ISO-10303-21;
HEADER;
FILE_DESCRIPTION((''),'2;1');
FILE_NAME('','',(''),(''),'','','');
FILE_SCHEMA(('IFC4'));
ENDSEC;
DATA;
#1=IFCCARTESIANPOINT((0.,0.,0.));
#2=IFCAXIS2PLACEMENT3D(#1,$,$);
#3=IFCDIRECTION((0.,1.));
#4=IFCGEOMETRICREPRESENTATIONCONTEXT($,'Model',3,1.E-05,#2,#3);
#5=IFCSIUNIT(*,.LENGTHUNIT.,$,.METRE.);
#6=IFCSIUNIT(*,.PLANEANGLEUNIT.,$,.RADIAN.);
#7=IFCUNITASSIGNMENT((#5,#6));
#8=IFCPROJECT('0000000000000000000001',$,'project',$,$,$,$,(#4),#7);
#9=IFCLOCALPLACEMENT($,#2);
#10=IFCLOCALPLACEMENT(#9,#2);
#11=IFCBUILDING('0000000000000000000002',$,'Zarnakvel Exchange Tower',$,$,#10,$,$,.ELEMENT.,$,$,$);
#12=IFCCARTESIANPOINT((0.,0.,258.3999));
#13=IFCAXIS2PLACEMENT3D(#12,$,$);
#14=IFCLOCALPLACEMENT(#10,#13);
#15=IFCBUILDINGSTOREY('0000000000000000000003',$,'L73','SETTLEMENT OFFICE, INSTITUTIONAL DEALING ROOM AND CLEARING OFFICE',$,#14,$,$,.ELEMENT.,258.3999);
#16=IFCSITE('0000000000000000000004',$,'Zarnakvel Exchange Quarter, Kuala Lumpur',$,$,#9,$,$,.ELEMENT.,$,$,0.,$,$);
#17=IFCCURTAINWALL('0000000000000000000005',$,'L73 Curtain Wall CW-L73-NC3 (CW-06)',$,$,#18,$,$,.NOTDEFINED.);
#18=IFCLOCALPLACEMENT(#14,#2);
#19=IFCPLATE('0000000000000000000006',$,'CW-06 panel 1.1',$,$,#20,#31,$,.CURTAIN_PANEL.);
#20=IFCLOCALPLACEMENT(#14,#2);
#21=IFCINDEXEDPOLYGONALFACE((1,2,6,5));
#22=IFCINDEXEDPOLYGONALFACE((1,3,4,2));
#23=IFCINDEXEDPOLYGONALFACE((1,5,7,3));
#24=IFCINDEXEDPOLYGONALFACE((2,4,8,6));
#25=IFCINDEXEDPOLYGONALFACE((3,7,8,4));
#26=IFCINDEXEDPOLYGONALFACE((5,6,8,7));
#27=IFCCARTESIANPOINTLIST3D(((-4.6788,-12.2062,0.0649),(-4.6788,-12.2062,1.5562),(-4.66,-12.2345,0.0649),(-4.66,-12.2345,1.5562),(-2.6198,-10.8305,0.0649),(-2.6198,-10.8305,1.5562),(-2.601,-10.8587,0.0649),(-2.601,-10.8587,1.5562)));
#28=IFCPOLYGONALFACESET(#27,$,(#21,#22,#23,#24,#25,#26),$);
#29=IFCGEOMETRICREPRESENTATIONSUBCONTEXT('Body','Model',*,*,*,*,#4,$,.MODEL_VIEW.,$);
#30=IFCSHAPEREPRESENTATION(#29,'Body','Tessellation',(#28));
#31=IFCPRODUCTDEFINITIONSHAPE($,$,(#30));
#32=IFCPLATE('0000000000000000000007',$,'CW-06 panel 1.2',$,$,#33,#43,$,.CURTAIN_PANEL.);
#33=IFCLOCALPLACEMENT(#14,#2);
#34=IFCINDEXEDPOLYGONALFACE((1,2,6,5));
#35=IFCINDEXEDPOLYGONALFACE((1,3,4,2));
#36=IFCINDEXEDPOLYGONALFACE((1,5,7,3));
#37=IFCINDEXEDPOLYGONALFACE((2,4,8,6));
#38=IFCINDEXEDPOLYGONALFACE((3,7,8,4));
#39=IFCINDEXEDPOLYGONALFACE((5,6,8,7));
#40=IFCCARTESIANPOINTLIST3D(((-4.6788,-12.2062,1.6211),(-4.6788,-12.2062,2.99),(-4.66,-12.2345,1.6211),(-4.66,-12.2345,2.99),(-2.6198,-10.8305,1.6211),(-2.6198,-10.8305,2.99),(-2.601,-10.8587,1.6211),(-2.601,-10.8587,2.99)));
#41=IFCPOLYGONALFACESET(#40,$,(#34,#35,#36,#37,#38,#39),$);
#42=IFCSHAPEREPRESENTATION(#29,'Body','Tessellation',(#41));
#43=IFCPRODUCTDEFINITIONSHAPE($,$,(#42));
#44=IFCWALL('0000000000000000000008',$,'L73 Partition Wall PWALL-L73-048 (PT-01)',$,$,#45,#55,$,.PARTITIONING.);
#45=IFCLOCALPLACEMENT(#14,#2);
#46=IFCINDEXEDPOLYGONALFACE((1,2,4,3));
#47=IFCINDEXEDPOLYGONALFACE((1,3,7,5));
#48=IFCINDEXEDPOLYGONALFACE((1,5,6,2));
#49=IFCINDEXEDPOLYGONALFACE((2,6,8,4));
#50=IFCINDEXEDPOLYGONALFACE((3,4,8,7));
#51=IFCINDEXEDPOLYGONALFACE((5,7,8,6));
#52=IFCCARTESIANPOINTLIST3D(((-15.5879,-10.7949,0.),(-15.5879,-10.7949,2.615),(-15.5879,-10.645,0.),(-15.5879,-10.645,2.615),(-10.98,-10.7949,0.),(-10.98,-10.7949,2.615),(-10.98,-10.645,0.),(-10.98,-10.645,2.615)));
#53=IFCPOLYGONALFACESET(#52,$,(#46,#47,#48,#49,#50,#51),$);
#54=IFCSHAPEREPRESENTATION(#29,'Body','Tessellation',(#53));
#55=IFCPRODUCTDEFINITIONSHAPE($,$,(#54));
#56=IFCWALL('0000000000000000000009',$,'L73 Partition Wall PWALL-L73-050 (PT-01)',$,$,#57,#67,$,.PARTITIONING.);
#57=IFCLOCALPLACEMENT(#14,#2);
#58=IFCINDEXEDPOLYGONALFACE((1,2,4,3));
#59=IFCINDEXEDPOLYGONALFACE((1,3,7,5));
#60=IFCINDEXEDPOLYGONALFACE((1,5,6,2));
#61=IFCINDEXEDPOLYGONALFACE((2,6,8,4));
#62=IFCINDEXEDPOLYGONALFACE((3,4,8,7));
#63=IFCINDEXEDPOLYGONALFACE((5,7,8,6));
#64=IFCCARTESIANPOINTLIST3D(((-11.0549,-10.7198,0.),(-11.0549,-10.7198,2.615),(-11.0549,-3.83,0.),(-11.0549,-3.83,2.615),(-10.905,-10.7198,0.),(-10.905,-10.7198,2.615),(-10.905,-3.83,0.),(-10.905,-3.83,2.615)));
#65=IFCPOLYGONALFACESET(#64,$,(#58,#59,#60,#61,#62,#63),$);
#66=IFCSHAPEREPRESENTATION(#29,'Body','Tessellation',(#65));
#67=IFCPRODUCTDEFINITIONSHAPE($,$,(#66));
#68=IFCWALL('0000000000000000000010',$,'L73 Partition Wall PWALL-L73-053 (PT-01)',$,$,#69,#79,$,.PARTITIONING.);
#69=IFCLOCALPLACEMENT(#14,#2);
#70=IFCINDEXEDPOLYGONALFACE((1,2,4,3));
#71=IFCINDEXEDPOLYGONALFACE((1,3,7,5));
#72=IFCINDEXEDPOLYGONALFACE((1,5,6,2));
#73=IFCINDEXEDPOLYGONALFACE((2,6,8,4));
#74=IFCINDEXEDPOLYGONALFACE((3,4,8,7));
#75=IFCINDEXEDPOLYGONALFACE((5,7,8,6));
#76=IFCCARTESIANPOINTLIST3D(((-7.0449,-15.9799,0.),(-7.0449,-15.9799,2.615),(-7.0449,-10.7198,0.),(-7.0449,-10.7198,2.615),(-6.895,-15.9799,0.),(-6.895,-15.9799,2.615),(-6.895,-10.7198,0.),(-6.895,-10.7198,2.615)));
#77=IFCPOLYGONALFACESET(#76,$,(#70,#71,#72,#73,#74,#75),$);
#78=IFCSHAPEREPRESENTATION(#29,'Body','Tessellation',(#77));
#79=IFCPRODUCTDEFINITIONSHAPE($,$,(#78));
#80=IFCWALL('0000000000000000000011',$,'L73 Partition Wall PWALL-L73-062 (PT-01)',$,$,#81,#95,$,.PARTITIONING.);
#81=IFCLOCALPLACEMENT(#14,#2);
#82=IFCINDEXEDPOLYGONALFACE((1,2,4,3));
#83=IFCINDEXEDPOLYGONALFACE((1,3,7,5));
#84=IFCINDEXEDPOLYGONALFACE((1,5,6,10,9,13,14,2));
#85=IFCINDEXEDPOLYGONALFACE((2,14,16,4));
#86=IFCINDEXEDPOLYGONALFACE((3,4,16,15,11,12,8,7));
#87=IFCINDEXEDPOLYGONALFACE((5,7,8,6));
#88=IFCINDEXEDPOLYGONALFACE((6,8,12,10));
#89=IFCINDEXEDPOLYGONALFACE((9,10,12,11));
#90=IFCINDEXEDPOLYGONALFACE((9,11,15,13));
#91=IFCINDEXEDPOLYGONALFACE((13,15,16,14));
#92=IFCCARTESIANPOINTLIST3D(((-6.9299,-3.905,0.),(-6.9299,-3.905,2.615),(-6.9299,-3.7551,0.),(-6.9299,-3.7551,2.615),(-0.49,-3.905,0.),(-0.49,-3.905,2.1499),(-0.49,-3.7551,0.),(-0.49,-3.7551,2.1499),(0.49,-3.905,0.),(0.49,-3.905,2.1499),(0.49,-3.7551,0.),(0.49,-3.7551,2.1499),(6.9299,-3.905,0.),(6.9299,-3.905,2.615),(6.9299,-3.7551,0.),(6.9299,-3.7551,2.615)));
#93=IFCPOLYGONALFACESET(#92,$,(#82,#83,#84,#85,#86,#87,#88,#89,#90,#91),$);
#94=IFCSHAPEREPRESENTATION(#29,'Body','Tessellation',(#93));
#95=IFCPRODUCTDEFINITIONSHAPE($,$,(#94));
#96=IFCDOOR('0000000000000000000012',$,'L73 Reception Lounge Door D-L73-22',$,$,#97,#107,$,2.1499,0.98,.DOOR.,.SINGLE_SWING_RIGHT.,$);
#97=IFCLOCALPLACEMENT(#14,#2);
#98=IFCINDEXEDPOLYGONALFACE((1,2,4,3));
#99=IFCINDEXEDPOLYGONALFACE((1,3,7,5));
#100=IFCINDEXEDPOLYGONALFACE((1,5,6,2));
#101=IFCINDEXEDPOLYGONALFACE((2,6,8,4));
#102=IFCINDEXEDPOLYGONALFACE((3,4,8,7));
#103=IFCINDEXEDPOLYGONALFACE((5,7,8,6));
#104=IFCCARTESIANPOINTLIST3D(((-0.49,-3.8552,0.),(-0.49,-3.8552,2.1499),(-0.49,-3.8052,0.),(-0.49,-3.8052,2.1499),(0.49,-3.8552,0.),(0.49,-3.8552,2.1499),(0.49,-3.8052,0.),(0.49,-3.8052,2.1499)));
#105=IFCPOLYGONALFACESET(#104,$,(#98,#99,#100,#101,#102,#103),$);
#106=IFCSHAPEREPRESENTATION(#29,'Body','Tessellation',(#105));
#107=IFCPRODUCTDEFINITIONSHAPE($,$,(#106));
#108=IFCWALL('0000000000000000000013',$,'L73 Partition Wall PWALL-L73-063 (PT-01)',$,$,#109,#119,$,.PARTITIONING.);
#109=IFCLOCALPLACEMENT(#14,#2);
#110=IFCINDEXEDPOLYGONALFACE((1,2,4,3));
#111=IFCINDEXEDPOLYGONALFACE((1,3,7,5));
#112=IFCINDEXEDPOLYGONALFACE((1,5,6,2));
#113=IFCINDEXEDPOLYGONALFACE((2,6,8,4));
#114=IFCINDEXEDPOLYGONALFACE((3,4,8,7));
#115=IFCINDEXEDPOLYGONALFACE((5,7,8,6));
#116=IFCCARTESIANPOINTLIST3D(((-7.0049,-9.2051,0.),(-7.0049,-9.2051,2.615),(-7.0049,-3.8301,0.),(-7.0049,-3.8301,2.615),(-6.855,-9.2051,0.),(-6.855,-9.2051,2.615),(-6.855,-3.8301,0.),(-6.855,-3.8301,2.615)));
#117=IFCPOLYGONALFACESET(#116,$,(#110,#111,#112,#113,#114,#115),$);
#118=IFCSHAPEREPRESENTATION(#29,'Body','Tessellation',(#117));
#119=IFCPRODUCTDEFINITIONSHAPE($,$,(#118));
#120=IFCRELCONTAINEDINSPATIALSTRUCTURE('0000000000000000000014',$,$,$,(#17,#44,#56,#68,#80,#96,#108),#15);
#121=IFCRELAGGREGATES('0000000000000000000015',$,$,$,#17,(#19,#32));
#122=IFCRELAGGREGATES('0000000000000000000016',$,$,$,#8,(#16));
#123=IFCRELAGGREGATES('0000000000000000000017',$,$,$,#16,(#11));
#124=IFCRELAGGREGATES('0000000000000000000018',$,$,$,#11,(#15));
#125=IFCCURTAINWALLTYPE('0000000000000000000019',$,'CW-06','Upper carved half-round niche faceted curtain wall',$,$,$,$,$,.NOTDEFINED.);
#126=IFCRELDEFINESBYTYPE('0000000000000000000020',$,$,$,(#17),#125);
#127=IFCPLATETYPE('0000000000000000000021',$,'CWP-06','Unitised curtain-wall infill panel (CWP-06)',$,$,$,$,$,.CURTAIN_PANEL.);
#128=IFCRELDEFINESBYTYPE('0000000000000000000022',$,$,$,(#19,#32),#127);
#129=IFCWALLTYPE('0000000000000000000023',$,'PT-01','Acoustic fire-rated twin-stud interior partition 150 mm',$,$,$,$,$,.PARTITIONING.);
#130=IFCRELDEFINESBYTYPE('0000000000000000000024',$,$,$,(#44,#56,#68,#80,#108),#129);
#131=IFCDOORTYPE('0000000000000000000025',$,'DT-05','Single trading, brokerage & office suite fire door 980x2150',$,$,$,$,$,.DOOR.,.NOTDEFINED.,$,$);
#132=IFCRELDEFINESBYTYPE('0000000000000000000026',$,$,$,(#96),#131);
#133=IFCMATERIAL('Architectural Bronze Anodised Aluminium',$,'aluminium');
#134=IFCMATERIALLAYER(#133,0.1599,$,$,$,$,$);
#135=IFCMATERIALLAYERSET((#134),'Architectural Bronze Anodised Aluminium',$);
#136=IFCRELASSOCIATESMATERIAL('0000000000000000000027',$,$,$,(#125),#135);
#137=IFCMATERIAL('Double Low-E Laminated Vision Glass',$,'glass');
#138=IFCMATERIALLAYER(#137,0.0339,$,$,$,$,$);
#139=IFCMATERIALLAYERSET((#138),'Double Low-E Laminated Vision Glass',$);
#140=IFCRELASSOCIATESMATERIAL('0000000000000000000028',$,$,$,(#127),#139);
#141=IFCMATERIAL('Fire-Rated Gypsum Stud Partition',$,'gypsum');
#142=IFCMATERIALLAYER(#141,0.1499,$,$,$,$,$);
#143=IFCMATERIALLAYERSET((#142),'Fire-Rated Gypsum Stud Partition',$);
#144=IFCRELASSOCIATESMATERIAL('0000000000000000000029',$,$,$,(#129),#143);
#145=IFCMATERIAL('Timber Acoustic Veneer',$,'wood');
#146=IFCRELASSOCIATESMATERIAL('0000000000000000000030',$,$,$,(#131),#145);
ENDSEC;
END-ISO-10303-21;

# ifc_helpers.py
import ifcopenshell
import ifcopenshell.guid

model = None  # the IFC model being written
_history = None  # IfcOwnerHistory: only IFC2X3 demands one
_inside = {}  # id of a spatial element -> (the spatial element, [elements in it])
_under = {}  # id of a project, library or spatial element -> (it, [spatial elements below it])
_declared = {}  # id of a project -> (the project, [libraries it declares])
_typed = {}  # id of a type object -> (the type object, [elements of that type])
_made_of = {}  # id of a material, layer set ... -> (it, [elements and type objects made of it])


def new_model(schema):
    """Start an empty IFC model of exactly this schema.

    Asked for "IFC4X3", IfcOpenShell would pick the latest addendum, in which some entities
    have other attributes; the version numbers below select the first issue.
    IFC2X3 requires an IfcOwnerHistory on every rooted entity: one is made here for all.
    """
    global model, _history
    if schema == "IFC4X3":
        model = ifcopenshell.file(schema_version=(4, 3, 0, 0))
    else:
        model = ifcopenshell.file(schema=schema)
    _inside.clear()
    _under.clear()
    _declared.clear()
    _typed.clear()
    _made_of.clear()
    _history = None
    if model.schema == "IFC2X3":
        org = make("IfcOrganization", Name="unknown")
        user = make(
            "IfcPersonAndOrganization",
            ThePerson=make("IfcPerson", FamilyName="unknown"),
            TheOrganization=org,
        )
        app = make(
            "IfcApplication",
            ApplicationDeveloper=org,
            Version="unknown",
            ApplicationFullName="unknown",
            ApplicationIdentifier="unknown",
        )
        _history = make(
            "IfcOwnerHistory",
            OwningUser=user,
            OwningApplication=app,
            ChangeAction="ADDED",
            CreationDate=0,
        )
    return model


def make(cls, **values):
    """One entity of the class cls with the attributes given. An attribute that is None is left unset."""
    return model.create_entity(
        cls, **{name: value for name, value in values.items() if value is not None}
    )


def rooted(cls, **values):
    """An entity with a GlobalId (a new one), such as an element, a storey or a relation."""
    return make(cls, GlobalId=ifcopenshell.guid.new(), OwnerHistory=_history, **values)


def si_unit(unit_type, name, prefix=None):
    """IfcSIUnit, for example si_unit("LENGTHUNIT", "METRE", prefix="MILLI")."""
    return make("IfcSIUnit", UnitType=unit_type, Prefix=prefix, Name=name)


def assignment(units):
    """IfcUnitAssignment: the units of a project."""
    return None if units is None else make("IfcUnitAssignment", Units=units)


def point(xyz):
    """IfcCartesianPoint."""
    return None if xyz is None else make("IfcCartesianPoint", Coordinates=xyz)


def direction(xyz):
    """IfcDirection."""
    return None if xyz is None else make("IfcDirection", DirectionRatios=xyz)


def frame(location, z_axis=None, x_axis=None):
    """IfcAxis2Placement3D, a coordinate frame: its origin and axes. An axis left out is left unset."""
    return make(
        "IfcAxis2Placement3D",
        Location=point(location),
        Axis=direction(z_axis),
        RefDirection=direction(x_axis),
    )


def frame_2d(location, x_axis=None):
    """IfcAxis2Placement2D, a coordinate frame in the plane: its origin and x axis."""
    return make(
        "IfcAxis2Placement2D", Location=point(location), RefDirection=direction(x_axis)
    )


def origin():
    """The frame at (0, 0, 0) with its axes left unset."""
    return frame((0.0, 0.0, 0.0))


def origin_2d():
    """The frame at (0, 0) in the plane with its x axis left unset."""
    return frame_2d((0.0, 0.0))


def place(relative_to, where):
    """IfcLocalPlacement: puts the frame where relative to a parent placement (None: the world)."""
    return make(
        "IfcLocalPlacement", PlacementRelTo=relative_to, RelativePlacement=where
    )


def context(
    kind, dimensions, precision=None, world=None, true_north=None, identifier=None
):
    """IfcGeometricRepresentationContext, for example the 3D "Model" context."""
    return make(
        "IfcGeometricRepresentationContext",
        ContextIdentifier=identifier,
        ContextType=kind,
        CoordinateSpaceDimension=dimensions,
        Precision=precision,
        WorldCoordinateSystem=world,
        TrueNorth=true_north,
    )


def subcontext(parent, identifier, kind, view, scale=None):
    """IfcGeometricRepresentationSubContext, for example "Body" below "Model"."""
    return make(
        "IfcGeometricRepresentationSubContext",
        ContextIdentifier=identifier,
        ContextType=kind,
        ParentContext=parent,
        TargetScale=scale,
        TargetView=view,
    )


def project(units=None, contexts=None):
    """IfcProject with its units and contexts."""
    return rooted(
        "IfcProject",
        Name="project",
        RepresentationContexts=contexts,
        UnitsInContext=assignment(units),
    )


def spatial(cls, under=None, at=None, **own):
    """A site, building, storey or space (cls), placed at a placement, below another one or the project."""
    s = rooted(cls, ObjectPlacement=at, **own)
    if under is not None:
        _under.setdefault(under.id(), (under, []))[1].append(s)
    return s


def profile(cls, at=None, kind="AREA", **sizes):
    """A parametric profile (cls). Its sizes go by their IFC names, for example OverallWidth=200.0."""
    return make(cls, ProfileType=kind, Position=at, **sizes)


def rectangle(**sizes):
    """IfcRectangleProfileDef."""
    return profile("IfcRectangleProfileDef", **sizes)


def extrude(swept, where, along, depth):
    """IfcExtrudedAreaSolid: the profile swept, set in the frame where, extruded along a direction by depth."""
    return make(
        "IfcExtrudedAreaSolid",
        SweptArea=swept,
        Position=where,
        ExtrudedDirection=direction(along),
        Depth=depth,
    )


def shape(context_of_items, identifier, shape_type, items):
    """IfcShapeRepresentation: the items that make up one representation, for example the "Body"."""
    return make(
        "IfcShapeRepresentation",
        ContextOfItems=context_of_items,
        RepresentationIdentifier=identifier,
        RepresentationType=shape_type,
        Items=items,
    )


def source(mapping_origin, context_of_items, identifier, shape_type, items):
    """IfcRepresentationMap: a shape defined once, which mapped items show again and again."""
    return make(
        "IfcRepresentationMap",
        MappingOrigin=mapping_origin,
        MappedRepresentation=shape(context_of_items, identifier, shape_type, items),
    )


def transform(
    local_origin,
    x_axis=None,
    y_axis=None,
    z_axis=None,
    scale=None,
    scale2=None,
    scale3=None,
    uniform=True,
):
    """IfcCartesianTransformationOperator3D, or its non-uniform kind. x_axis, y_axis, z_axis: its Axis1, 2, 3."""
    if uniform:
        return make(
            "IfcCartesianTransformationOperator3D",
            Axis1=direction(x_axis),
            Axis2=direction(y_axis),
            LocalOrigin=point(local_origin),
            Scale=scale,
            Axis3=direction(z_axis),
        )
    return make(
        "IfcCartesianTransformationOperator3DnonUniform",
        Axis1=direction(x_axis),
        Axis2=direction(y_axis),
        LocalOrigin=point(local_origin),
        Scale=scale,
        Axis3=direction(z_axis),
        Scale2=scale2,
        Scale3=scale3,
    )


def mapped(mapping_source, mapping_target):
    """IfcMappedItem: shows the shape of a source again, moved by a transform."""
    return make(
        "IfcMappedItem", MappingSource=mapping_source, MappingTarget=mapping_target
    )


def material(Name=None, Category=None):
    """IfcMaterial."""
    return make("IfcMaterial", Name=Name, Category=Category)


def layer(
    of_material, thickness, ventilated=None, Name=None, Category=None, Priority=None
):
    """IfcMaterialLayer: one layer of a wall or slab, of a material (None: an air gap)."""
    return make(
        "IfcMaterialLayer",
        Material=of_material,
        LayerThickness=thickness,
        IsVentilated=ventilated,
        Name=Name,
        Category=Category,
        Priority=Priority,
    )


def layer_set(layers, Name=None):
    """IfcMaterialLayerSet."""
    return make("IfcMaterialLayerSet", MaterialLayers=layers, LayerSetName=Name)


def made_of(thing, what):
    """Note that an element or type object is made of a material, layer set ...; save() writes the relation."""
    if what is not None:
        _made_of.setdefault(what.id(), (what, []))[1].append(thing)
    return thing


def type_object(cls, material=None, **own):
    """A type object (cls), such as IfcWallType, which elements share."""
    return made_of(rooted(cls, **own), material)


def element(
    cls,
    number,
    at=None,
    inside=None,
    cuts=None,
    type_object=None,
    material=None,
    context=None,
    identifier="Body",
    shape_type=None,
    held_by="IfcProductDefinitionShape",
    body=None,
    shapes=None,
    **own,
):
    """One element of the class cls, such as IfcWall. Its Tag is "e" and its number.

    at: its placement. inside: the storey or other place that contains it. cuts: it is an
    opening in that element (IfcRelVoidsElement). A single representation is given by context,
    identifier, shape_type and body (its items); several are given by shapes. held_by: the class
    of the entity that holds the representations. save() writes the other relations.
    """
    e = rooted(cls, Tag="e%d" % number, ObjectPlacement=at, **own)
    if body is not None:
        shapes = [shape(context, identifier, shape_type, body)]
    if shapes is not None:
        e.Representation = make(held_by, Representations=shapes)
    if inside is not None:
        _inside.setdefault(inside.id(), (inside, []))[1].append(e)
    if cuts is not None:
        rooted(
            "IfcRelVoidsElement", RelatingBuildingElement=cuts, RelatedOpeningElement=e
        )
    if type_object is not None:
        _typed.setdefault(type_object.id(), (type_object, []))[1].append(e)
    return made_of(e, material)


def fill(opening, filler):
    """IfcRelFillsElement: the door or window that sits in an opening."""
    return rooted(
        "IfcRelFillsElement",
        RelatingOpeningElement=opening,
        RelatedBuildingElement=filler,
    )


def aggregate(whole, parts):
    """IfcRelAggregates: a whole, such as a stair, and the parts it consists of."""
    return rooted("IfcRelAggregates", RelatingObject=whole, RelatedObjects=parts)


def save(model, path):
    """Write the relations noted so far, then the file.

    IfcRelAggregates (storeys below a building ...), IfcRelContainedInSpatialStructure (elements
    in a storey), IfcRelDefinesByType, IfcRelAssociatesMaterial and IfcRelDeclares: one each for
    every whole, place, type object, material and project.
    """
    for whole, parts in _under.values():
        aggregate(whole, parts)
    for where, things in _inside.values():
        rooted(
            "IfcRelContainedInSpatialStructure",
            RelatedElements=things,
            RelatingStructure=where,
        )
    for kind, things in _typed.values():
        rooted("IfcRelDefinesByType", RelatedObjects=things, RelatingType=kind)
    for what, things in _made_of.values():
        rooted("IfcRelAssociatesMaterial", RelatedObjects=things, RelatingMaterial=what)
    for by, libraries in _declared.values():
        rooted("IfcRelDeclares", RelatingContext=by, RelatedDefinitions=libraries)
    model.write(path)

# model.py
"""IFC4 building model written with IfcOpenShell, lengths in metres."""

from ifc_helpers import new_model, si_unit, direction, frame, frame_2d, origin, origin_2d, place, context, subcontext, project, spatial, rectangle, extrude, source, transform, mapped, material, layer, layer_set, type_object, element, fill, aggregate, save


model = new_model("IFC4")

# Units and contexts
model_context = context("Model", 3, precision=1e-05, world=origin(), true_north=direction((0.0, 1.0)))
body_context = subcontext(model_context, "Body", "Model", "MODEL_VIEW")
ifc_project = project(units=[si_unit("LENGTHUNIT", "METRE"), si_unit("PLANEANGLEUNIT", "RADIAN")], contexts=[model_context])

# Site, building, storey
site_placement = place(None, origin())
site = spatial("IfcSite", under=ifc_project, at=site_placement, Name="Zarnakvel Exchange Quarter, Kuala Lumpur", CompositionType="ELEMENT", RefElevation=0.0)
building_placement = place(site_placement, origin())
building = spatial("IfcBuilding", under=site, at=building_placement, Name="Zarnakvel Exchange Tower", CompositionType="ELEMENT")
storey_placement = place(building_placement, frame((0.0, 0.0, 258.3999)))
storey = spatial("IfcBuildingStorey", under=building, at=storey_placement, Name="L73", Description="SETTLEMENT OFFICE, INSTITUTIONAL DEALING ROOM AND CLEARING OFFICE", CompositionType="ELEMENT", Elevation=258.3999)

# Shared definitions
ifc_material_1 = material(Name="Architectural Bronze Anodised Aluminium", Category="aluminium")
ifc_layer_1 = layer(ifc_material_1, 0.1599)
ifc_layer_set_1 = layer_set([ifc_layer_1], Name="Architectural Bronze Anodised Aluminium")
curtain_wall_type = type_object("IfcCurtainWallType", Name="CW-06", Description="Upper carved half-round niche faceted curtain wall", PredefinedType="NOTDEFINED", material=ifc_layer_set_1)

# Curtain wall
curtain_wall_1_placement = place(storey_placement, origin())
curtain_wall_1 = element("IfcCurtainWall", 1, at=curtain_wall_1_placement, inside=storey, type_object=curtain_wall_type, Name="L73 Curtain Wall CW-L73-NC3 (CW-06)", PredefinedType="NOTDEFINED")

# Plates
ifc_material_2 = material(Name="Double Low-E Laminated Vision Glass", Category="glass")
ifc_layer_2 = layer(ifc_material_2, 0.0339)
ifc_layer_set_2 = layer_set([ifc_layer_2], Name="Double Low-E Laminated Vision Glass")
plate_type = type_object("IfcPlateType", Name="CWP-06", Description="Unitised curtain-wall infill panel (CWP-06)", PredefinedType="CURTAIN_PANEL", material=ifc_layer_set_2)
shared_shape_1 = source(origin(), body_context, "Body", "SweptSolid", [
    extrude(rectangle(XDim=2.4763, YDim=0.0339, at=origin_2d()), origin(), (0.0, 0.0, 1.0), 1.4912),
])
plate_1_placement = place(storey_placement, frame((-3.6399, -11.5325, 0.0649), z_axis=(0.0, 0.0, 1.0), x_axis=(0.83147, 0.55557, 0.0)))
plate_1 = element("IfcPlate", 2, at=plate_1_placement, type_object=plate_type, Name="CW-06 panel 1.1", PredefinedType="CURTAIN_PANEL", context=body_context, shape_type="MappedRepresentation", body=[
    mapped(shared_shape_1, transform((0.0, 0.0, 0.0), x_axis=(1.0, 0.0, 0.0), y_axis=(0.0, 1.0, 0.0), z_axis=(0.0, 0.0, 1.0), scale=1.0)),
])
shared_shape_2 = source(origin(), body_context, "Body", "SweptSolid", [
    extrude(rectangle(XDim=2.4763, YDim=0.0339, at=origin_2d()), origin(), (0.0, 0.0, 1.0), 1.3689),
])
plate_2_placement = place(storey_placement, frame((-3.6399, -11.5325, 1.6211), z_axis=(0.0, 0.0, 1.0), x_axis=(0.83147, 0.55557, 0.0)))
plate_2 = element("IfcPlate", 3, at=plate_2_placement, type_object=plate_type, Name="CW-06 panel 1.2", PredefinedType="CURTAIN_PANEL", context=body_context, shape_type="MappedRepresentation", body=[
    mapped(shared_shape_2, transform((0.0, 0.0, 0.0), x_axis=(1.0, 0.0, 0.0), y_axis=(0.0, 1.0, 0.0), z_axis=(0.0, 0.0, 1.0), scale=1.0)),
])
aggregate(curtain_wall_1, [plate_1, plate_2])

# Walls
ifc_material_3 = material(Name="Fire-Rated Gypsum Stud Partition", Category="gypsum")
ifc_layer_3 = layer(ifc_material_3, 0.1499)
ifc_layer_set_3 = layer_set([ifc_layer_3], Name="Fire-Rated Gypsum Stud Partition")
wall_type_1 = type_object("IfcWallType", Name="PT-01", Description="Acoustic fire-rated twin-stud interior partition 150 mm", PredefinedType="PARTITIONING", material=ifc_layer_set_3)
wall_1_placement = place(storey_placement, frame((-10.98, -10.72, 0.0), z_axis=(0.0, 0.0, 1.0), x_axis=(-1.0, 0.0, 0.0)))
element("IfcWall", 4, at=wall_1_placement, inside=storey, type_object=wall_type_1, Name="L73 Partition Wall PWALL-L73-048 (PT-01)", PredefinedType="PARTITIONING", context=body_context, shape_type="SweptSolid", body=[
    extrude(rectangle(XDim=4.6079, YDim=0.1499, at=frame_2d((2.304, 0.0))), origin(), (0.0, 0.0, 1.0), 2.615),
])
wall_2_placement = place(storey_placement, frame((-10.98, -3.8301, 0.0), z_axis=(0.0, 0.0, 1.0), x_axis=(0.0, -1.0, 0.0)))
element("IfcWall", 5, at=wall_2_placement, inside=storey, type_object=wall_type_1, Name="L73 Partition Wall PWALL-L73-050 (PT-01)", PredefinedType="PARTITIONING", context=body_context, shape_type="SweptSolid", body=[
    extrude(rectangle(XDim=6.8899, YDim=0.1499, at=frame_2d((3.4448, 0.0))), origin(), (0.0, 0.0, 1.0), 2.615),
])
wall_3_placement = place(storey_placement, frame((-6.97, -10.72, 0.0), z_axis=(0.0, 0.0, 1.0), x_axis=(0.0, -1.0, 0.0)))
element("IfcWall", 6, at=wall_3_placement, inside=storey, type_object=wall_type_1, Name="L73 Partition Wall PWALL-L73-053 (PT-01)", PredefinedType="PARTITIONING", context=body_context, shape_type="SweptSolid", body=[
    extrude(rectangle(XDim=5.26, YDim=0.1499, at=frame_2d((2.6299, 0.0))), origin(), (0.0, 0.0, 1.0), 2.615),
])

# Wall, opening, door
wall_4_placement = place(storey_placement, frame((-6.9299, -3.8301, 0.0), z_axis=(0.0, 0.0, 1.0), x_axis=(1.0, 0.0, 0.0)))
wall_4 = element("IfcWall", 7, at=wall_4_placement, inside=storey, type_object=wall_type_1, Name="L73 Partition Wall PWALL-L73-062 (PT-01)", PredefinedType="PARTITIONING", context=body_context, shape_type="SweptSolid", body=[
    extrude(rectangle(XDim=13.8599, YDim=0.1499, at=frame_2d((6.9299, 0.0))), origin(), (0.0, 0.0, 1.0), 2.615),
])
opening_1_placement = place(wall_4_placement, frame((6.4399, 0.0, 0.0)))
opening_1 = element("IfcOpeningElement", 8, at=opening_1_placement, cuts=wall_4, PredefinedType="OPENING", context=body_context, shape_type="SweptSolid", body=[
    extrude(rectangle(XDim=0.98, YDim=2.1499, at=frame_2d((0.49, 1.075))), frame((0.0, 0.085, 0.0), z_axis=(0.0, -1.0, 0.0), x_axis=(1.0, 0.0, 0.0)), (0.0, 0.0, 1.0), 0.1699),
])
ifc_material_4 = material(Name="Timber Acoustic Veneer", Category="wood")
door_type_1 = type_object("IfcDoorType", Name="DT-05", Description="Single trading, brokerage & office suite fire door 980x2150", OperationType="NOTDEFINED", PredefinedType="DOOR", material=ifc_material_4)
shared_shape_3 = source(origin(), body_context, "Body", "SweptSolid", [
    extrude(rectangle(XDim=0.98, YDim=2.1499, at=frame_2d((0.49, 1.075))), frame((0.0, 0.0249, 0.0), z_axis=(0.0, -1.0, 0.0), x_axis=(1.0, 0.0, 0.0)), (0.0, 0.0, 1.0), 0.05),
])
door_1_placement = place(opening_1_placement, origin())
door_1 = element("IfcDoor", 9, at=door_1_placement, inside=storey, type_object=door_type_1, Name="L73 Reception Lounge Door D-L73-22", OperationType="SINGLE_SWING_RIGHT", OverallHeight=2.1499, OverallWidth=0.98, PredefinedType="DOOR", context=body_context, shape_type="MappedRepresentation", body=[
    mapped(shared_shape_3, transform((0.0, 0.0, 0.0), x_axis=(1.0, 0.0, 0.0), y_axis=(0.0, 1.0, 0.0), z_axis=(0.0, 0.0, 1.0), scale=1.0)),
])
fill(opening_1, door_1)

# Wall
wall_5_placement = place(storey_placement, frame((-6.9299, -9.2051, 0.0), z_axis=(0.0, 0.0, 1.0), x_axis=(0.0, 1.0, 0.0)))
element("IfcWall", 10, at=wall_5_placement, inside=storey, type_object=wall_type_1, Name="L73 Partition Wall PWALL-L73-063 (PT-01)", PredefinedType="PARTITIONING", context=body_context, shape_type="SweptSolid", body=[
    extrude(rectangle(XDim=5.375, YDim=0.1499, at=frame_2d((2.6875, 0.0))), origin(), (0.0, 0.0, 1.0), 2.615),
])

save(model, "model.ifc")
